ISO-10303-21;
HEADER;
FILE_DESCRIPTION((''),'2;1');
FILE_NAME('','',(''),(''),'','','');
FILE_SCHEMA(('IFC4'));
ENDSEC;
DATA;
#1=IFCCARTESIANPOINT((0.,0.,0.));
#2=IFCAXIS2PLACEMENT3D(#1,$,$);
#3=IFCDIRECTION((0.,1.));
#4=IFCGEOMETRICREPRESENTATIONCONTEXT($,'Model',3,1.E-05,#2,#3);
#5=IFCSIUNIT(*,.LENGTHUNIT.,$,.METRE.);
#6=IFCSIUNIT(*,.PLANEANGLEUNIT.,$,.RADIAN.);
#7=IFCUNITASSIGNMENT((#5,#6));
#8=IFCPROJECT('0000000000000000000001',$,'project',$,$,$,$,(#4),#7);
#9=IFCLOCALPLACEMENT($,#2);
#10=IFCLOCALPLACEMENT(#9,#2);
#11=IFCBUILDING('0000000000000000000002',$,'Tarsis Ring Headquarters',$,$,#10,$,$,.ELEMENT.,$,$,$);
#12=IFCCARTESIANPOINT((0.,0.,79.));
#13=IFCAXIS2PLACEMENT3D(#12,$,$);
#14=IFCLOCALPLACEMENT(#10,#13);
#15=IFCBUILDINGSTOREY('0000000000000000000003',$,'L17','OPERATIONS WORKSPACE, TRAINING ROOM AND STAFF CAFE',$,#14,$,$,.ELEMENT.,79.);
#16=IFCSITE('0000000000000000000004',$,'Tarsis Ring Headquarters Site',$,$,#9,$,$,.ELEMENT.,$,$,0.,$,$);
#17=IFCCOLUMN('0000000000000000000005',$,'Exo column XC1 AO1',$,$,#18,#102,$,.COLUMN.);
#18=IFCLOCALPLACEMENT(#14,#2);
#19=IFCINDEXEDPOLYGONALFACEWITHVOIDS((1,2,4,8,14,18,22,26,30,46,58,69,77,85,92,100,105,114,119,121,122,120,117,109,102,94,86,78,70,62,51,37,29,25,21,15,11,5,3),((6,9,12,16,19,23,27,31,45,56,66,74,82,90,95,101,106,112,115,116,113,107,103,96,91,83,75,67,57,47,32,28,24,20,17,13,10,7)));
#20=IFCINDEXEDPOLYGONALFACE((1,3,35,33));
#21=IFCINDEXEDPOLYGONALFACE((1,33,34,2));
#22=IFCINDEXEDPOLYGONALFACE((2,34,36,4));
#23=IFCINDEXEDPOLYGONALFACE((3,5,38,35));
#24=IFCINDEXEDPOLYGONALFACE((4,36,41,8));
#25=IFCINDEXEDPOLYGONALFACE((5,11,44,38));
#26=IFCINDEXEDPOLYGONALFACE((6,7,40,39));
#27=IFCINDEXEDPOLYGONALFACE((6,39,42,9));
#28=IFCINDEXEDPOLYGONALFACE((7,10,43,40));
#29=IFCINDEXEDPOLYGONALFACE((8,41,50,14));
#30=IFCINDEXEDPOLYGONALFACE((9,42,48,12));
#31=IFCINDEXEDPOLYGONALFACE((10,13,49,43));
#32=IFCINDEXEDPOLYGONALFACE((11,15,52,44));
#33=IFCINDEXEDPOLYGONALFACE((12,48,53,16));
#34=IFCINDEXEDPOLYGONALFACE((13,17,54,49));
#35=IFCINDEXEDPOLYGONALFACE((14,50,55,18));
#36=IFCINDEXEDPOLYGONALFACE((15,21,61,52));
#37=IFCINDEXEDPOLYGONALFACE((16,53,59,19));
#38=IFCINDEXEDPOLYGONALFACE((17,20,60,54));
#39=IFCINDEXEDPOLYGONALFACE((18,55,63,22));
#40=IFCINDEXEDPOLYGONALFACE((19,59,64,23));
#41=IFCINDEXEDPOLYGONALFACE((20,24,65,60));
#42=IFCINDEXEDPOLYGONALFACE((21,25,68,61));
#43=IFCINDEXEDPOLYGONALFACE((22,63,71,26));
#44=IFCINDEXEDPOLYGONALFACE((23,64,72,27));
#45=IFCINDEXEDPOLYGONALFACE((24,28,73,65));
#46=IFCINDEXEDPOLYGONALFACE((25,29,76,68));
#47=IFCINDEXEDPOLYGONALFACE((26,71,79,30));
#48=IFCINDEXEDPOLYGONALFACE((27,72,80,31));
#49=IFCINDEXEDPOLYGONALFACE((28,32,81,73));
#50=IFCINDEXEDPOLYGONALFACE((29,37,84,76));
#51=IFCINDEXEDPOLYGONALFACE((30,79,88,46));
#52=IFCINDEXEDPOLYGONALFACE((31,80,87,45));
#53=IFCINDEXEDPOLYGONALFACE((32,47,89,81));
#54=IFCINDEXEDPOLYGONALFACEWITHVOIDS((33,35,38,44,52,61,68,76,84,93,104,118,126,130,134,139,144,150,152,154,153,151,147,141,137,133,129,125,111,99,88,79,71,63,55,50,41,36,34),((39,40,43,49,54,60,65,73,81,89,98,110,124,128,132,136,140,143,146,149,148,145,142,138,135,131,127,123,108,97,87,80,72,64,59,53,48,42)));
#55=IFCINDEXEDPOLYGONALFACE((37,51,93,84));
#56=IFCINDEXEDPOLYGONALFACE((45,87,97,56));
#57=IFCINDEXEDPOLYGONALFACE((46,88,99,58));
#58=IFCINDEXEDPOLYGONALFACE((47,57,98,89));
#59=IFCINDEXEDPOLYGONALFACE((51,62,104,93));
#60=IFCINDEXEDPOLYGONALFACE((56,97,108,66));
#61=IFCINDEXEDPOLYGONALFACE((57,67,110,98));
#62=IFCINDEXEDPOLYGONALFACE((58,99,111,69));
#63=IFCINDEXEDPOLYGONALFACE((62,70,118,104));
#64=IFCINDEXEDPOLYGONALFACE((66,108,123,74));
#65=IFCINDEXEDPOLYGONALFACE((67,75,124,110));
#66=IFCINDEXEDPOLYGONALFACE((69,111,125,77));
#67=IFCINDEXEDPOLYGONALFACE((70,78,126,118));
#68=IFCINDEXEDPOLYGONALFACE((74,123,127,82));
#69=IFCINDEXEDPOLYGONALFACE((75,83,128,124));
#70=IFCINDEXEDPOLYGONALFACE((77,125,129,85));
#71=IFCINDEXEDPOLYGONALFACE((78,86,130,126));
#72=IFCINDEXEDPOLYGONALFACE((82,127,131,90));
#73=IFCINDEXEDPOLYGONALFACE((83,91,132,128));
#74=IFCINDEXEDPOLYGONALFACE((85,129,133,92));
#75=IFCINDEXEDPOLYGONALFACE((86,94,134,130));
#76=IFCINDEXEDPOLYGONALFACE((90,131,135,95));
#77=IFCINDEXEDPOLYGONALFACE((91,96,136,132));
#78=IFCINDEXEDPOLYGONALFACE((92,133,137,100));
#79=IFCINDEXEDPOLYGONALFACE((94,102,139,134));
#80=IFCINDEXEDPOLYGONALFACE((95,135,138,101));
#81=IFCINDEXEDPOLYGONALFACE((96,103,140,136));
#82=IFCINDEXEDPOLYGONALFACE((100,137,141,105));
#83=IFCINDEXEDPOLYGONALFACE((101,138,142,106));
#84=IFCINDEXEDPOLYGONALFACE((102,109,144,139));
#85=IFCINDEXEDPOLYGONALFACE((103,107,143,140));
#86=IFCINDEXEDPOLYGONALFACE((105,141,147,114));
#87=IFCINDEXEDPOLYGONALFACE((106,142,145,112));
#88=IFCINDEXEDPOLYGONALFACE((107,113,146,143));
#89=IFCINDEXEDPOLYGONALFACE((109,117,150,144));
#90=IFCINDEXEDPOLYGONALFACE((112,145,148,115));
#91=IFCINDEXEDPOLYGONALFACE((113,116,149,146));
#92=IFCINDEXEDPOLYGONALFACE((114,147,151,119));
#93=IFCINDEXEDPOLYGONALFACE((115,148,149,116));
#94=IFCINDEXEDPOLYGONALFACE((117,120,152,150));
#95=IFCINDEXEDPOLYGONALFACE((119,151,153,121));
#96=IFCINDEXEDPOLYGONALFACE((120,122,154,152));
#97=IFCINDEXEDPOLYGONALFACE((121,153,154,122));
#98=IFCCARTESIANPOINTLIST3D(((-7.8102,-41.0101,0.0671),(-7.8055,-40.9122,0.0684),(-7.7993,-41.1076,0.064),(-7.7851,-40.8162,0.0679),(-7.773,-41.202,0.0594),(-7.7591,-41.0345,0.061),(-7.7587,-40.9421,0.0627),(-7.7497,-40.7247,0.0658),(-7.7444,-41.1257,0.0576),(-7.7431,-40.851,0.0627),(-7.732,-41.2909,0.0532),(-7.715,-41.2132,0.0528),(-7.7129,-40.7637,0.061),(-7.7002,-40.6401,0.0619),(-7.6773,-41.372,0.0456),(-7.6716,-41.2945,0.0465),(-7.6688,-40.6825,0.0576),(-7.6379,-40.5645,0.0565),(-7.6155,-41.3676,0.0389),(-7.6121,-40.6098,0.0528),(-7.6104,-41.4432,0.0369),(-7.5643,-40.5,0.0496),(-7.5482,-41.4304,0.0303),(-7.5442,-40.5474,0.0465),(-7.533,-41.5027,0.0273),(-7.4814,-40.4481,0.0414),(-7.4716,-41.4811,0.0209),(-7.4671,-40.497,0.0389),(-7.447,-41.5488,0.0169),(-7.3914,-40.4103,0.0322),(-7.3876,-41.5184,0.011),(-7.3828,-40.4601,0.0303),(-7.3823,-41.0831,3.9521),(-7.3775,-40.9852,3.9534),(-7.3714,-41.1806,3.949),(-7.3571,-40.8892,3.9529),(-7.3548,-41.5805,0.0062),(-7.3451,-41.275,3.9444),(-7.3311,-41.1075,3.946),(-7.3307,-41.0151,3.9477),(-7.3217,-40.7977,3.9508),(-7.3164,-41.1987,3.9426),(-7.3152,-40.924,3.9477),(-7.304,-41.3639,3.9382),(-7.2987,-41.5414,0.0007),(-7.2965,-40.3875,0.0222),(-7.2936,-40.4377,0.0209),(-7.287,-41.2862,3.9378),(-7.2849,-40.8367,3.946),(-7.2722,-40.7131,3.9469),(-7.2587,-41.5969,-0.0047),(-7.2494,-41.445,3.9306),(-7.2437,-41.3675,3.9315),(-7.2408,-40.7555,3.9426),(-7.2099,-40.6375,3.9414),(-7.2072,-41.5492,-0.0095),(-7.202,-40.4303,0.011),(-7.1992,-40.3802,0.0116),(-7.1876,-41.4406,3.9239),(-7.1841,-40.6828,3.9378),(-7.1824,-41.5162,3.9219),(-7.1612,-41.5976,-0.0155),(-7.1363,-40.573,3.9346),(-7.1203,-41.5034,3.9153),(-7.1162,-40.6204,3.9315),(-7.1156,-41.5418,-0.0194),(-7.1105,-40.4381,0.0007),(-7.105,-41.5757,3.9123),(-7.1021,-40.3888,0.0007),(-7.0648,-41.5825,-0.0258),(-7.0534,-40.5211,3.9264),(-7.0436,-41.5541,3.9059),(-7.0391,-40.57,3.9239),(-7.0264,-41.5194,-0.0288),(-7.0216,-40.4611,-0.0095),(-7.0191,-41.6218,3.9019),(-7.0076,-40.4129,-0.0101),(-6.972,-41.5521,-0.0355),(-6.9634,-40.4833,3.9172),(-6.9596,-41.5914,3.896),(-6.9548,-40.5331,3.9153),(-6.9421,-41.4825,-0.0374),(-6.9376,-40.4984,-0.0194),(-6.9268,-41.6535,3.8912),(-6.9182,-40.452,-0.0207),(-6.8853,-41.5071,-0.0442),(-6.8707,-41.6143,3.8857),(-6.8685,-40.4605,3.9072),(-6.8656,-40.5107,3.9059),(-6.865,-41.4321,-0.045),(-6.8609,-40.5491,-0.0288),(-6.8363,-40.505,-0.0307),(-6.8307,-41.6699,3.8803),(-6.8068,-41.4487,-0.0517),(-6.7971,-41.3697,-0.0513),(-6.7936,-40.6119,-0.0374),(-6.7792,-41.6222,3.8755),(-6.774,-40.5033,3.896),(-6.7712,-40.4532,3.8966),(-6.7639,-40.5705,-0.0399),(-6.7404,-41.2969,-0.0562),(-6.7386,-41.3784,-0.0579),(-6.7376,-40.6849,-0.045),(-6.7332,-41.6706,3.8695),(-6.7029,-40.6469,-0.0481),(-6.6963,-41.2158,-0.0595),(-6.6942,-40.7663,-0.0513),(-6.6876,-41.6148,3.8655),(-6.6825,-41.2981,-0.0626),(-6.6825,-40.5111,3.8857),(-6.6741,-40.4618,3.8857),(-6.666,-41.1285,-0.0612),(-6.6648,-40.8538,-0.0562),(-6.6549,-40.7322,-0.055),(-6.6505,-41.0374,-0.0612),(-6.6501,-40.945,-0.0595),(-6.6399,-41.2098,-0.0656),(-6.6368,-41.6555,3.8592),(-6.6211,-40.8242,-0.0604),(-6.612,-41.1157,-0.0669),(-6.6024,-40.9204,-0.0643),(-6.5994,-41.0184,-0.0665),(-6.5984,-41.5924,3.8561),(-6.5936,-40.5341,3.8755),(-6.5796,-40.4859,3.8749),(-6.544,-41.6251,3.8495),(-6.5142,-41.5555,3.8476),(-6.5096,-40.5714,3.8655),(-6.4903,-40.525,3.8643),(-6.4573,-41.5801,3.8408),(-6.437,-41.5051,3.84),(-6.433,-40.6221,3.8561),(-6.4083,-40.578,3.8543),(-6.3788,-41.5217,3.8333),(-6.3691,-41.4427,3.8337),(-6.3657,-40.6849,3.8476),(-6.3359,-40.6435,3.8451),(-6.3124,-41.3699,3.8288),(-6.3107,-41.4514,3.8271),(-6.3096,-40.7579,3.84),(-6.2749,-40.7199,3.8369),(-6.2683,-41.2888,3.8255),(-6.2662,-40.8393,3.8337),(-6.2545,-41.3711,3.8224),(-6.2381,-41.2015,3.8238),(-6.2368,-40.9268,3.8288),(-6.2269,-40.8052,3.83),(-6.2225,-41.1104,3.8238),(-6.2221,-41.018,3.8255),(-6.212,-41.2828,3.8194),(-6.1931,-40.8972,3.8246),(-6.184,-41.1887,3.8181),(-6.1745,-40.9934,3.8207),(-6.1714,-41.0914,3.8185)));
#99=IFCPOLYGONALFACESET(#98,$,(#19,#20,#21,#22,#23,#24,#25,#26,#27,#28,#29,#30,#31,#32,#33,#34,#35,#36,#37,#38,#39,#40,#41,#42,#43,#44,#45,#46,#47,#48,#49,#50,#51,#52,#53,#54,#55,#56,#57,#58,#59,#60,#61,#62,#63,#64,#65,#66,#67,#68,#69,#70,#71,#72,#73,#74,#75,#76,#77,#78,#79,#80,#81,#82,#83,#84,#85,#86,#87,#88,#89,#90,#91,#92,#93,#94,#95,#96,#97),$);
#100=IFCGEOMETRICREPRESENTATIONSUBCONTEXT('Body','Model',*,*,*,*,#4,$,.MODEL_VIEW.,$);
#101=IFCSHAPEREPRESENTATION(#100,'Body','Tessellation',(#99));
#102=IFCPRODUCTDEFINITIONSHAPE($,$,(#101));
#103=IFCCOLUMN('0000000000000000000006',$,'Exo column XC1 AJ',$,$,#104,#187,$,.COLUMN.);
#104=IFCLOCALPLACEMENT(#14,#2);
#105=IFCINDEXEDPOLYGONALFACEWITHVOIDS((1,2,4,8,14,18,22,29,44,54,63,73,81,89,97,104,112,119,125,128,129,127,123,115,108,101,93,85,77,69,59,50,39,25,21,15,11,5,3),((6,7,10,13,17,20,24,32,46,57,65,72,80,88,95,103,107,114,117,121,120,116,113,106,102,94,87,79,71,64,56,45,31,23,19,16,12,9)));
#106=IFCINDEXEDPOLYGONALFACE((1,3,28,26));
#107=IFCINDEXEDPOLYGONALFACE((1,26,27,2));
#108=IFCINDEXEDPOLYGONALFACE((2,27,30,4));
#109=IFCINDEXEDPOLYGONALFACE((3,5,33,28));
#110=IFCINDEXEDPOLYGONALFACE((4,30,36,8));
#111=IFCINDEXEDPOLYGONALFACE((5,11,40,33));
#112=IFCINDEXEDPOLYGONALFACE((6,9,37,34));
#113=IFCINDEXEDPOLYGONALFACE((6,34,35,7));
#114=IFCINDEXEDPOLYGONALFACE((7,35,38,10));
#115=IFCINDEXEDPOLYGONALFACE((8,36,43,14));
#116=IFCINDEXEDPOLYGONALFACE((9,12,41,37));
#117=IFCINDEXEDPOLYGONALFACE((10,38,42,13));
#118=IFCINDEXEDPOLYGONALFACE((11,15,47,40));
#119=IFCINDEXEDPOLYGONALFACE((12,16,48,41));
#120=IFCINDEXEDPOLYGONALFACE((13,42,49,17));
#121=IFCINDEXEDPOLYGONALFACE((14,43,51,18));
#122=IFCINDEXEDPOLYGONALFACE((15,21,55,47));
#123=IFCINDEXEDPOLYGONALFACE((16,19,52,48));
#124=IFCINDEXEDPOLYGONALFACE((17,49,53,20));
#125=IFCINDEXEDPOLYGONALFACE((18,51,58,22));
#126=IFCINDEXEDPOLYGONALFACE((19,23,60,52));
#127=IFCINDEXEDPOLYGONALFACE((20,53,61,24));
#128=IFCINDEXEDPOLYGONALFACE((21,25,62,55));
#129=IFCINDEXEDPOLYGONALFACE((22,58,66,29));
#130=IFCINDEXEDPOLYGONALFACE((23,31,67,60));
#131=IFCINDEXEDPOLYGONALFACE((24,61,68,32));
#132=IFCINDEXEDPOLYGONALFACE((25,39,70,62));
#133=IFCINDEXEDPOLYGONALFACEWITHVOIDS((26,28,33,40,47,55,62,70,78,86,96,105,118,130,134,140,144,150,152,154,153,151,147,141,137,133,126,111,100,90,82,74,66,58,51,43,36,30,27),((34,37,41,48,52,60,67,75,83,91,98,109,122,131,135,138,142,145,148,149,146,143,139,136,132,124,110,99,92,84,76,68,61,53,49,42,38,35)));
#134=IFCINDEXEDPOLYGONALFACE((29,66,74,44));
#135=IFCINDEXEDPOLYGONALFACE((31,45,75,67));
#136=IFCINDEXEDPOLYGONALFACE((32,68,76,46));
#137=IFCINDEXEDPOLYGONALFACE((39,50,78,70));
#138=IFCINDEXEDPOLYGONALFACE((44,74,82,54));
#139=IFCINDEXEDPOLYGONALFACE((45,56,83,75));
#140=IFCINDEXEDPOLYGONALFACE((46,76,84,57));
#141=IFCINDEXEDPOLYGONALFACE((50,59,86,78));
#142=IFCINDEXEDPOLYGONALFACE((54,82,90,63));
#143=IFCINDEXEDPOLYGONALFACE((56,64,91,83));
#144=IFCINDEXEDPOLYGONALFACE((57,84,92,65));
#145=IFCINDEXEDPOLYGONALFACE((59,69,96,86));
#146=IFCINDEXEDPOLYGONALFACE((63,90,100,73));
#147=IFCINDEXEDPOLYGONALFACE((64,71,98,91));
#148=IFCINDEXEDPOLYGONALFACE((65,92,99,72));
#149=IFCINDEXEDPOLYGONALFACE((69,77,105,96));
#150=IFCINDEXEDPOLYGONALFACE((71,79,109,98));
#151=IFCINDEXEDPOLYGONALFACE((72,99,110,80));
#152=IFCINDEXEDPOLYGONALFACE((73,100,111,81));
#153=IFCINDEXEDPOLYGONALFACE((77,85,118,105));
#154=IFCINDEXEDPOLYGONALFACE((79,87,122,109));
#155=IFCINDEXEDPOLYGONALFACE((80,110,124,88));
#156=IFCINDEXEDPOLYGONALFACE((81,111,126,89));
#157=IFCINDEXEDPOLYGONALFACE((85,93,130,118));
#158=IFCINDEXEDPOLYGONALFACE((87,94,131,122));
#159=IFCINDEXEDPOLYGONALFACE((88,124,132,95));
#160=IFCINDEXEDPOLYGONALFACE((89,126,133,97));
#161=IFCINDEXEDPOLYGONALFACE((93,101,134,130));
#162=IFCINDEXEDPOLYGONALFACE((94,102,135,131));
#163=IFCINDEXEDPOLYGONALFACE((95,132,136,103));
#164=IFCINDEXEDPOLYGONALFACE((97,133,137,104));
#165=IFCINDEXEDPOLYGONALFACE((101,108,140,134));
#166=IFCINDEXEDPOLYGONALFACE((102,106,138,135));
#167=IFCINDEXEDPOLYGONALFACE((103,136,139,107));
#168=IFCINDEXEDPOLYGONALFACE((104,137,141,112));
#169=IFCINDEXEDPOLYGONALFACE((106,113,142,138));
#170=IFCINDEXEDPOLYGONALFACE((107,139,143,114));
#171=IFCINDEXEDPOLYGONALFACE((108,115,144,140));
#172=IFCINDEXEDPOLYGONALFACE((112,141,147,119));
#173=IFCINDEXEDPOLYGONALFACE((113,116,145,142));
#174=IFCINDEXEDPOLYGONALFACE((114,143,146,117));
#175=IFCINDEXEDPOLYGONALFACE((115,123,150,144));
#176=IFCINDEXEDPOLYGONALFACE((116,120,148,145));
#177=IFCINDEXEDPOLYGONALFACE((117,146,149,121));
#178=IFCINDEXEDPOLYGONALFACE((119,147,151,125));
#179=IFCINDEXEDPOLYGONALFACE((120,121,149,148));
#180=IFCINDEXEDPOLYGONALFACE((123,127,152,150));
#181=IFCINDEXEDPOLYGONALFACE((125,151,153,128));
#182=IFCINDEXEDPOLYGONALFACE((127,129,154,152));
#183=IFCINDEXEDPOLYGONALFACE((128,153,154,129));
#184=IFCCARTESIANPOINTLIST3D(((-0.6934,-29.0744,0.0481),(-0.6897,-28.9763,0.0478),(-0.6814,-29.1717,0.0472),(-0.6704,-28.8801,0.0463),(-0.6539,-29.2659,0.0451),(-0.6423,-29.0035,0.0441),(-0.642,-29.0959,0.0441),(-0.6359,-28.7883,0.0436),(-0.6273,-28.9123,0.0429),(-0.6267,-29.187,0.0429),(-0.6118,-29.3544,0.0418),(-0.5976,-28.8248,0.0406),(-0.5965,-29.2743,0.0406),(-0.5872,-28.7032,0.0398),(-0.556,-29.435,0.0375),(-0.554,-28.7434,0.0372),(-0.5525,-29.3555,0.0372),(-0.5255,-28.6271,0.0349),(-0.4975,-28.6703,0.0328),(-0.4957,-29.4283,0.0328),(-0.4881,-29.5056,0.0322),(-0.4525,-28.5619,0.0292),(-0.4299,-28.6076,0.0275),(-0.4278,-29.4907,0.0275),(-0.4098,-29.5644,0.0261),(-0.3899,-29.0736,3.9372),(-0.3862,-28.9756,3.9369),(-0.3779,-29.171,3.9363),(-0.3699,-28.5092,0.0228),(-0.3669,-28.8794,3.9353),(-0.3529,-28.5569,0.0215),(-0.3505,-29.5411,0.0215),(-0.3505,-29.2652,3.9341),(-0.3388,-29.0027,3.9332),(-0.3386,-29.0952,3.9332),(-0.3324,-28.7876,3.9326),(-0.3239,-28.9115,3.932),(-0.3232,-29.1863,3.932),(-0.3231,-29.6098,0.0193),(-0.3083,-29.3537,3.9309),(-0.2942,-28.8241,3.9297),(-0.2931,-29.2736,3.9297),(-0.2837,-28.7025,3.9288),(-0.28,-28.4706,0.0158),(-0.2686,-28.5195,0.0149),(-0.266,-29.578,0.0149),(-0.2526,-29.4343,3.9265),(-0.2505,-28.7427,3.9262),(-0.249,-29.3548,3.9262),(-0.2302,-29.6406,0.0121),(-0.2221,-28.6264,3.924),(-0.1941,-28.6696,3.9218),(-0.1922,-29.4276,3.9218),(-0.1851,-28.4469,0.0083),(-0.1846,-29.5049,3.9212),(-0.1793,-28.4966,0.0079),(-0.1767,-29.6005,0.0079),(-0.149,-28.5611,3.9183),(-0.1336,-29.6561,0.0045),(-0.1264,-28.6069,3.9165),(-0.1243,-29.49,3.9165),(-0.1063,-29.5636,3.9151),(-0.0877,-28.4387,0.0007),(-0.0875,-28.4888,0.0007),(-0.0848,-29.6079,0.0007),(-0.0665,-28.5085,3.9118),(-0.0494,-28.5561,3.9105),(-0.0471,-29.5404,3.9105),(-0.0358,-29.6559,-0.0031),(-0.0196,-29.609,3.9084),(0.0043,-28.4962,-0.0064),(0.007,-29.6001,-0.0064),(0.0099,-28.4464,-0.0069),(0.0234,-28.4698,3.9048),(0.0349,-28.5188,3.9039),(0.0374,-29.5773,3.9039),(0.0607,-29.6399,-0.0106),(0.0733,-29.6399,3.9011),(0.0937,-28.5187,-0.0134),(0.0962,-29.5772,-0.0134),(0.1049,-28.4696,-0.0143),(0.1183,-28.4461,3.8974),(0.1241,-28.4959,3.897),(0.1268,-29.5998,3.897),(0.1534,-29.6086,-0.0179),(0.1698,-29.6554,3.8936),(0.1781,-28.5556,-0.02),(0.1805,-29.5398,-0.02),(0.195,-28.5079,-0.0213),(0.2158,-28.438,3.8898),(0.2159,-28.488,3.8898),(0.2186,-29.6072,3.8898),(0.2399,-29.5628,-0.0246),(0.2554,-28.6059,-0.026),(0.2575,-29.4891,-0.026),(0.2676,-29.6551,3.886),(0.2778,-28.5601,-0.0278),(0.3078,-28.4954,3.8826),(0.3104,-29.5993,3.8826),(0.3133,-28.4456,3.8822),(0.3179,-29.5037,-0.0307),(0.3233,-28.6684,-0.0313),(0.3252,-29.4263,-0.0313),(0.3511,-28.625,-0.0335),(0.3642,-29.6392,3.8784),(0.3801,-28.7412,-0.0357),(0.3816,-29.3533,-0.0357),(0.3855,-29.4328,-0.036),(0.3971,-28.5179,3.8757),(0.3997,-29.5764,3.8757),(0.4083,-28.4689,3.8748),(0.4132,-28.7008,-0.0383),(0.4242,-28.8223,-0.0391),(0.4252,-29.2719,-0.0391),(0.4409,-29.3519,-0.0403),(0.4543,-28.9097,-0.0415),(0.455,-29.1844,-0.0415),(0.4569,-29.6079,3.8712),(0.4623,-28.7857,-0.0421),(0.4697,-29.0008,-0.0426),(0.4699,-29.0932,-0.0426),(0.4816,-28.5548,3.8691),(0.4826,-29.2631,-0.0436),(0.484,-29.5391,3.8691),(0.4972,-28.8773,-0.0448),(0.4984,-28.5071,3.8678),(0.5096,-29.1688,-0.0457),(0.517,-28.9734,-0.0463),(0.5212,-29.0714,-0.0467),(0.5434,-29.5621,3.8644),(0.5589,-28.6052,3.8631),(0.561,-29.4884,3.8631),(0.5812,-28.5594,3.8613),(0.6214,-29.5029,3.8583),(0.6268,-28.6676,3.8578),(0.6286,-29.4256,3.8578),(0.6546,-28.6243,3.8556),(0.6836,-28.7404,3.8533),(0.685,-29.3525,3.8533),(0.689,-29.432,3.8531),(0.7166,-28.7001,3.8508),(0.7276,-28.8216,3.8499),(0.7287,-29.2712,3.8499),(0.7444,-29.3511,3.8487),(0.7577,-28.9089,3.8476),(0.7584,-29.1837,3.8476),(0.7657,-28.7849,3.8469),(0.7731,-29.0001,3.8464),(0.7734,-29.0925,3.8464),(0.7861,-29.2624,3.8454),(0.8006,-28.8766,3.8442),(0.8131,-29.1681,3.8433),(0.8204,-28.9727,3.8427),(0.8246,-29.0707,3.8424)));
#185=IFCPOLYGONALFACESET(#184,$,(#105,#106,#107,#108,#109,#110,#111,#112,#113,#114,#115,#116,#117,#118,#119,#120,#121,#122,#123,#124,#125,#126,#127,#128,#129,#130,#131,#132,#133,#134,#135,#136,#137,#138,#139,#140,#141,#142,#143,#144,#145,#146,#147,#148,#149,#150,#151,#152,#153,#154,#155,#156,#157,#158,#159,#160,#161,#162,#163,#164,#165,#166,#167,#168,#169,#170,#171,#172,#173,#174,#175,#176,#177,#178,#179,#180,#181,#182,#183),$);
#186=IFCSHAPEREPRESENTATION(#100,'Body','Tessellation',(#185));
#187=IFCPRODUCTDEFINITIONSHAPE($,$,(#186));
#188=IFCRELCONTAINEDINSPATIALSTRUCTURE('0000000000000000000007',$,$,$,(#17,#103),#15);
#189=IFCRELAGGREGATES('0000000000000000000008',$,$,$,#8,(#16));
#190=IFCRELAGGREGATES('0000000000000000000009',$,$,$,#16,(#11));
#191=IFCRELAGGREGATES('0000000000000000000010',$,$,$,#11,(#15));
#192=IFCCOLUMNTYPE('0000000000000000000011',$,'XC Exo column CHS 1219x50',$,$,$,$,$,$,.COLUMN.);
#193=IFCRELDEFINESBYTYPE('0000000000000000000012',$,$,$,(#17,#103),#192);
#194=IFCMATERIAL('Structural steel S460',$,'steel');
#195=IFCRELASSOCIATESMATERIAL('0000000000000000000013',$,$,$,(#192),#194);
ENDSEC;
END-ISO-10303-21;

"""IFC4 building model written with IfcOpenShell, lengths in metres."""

from ifc_helpers import new_model, si_unit, direction, frame, origin, origin_2d, place, context, subcontext, project, spatial, hollow_circle, extrude, material, material_profile, profile_set, type_object, element, save


model = new_model("IFC4")

# Units and contexts
model_context = context("Model", 3, precision=1e-05, world=origin(), true_north=direction((0.0, 1.0)))
body_context = subcontext(model_context, "Body", "Model", "MODEL_VIEW")
ifc_project = project(units=[si_unit("LENGTHUNIT", "METRE"), si_unit("PLANEANGLEUNIT", "RADIAN")], contexts=[model_context])

# Site, building, storey
site_placement = place(None, origin())
site = spatial("IfcSite", under=ifc_project, at=site_placement, Name="Tarsis Ring Headquarters Site", CompositionType="ELEMENT", RefElevation=0.0)
building_placement = place(site_placement, origin())
building = spatial("IfcBuilding", under=site, at=building_placement, Name="Tarsis Ring Headquarters", CompositionType="ELEMENT")
storey_placement = place(building_placement, frame((0.0, 0.0, 79.0)))
storey = spatial("IfcBuildingStorey", under=building, at=storey_placement, Name="L17", Description="OPERATIONS WORKSPACE, TRAINING ROOM AND STAFF CAFE", CompositionType="ELEMENT", Elevation=79.0)

# Columns
ifc_material_1 = material(Name="Structural steel S460", Category="steel")
ifc_material_profile_1 = material_profile(ifc_material_1, hollow_circle(Radius=0.6096, WallThickness=0.05, at=origin_2d()), Name="CHS 1219x50")
ifc_profile_set_1 = profile_set([ifc_material_profile_1], Name="Structural steel S460")
column_type = type_object("IfcColumnType", Name="XC Exo column CHS 1219x50", PredefinedType="COLUMN", material=ifc_profile_set_1)
column_1_placement = place(storey_placement, frame((-7.2046, -40.9897, 0.0007), z_axis=(0.10948, -0.018673, 0.993814), x_axis=(0.168137, 0.985764, 0.0)))
element("IfcColumn", 1, at=column_1_placement, inside=storey, type_object=column_type, Name="Exo column XC1 AO1", PredefinedType="COLUMN", context=body_context, shape_type="SweptSolid", body=[
    extrude(hollow_circle(Radius=0.6096, WallThickness=0.05, at=origin_2d()), origin(), (0.0, 0.0, 1.0), 3.9092),
])
column_2_placement = place(storey_placement, frame((-0.0862, -29.0483, 0.0007), z_axis=(0.077792, 0.000188, 0.99697), x_axis=(-0.002414, 0.999997, 0.0)))
element("IfcColumn", 2, at=column_2_placement, inside=storey, type_object=column_type, Name="Exo column XC1 AJ", PredefinedType="COLUMN", context=body_context, shape_type="SweptSolid", body=[
    extrude(hollow_circle(Radius=0.6096, WallThickness=0.05, at=origin_2d()), origin(), (0.0, 0.0, 1.0), 3.9009),
])

save(model, "model.ifc")
